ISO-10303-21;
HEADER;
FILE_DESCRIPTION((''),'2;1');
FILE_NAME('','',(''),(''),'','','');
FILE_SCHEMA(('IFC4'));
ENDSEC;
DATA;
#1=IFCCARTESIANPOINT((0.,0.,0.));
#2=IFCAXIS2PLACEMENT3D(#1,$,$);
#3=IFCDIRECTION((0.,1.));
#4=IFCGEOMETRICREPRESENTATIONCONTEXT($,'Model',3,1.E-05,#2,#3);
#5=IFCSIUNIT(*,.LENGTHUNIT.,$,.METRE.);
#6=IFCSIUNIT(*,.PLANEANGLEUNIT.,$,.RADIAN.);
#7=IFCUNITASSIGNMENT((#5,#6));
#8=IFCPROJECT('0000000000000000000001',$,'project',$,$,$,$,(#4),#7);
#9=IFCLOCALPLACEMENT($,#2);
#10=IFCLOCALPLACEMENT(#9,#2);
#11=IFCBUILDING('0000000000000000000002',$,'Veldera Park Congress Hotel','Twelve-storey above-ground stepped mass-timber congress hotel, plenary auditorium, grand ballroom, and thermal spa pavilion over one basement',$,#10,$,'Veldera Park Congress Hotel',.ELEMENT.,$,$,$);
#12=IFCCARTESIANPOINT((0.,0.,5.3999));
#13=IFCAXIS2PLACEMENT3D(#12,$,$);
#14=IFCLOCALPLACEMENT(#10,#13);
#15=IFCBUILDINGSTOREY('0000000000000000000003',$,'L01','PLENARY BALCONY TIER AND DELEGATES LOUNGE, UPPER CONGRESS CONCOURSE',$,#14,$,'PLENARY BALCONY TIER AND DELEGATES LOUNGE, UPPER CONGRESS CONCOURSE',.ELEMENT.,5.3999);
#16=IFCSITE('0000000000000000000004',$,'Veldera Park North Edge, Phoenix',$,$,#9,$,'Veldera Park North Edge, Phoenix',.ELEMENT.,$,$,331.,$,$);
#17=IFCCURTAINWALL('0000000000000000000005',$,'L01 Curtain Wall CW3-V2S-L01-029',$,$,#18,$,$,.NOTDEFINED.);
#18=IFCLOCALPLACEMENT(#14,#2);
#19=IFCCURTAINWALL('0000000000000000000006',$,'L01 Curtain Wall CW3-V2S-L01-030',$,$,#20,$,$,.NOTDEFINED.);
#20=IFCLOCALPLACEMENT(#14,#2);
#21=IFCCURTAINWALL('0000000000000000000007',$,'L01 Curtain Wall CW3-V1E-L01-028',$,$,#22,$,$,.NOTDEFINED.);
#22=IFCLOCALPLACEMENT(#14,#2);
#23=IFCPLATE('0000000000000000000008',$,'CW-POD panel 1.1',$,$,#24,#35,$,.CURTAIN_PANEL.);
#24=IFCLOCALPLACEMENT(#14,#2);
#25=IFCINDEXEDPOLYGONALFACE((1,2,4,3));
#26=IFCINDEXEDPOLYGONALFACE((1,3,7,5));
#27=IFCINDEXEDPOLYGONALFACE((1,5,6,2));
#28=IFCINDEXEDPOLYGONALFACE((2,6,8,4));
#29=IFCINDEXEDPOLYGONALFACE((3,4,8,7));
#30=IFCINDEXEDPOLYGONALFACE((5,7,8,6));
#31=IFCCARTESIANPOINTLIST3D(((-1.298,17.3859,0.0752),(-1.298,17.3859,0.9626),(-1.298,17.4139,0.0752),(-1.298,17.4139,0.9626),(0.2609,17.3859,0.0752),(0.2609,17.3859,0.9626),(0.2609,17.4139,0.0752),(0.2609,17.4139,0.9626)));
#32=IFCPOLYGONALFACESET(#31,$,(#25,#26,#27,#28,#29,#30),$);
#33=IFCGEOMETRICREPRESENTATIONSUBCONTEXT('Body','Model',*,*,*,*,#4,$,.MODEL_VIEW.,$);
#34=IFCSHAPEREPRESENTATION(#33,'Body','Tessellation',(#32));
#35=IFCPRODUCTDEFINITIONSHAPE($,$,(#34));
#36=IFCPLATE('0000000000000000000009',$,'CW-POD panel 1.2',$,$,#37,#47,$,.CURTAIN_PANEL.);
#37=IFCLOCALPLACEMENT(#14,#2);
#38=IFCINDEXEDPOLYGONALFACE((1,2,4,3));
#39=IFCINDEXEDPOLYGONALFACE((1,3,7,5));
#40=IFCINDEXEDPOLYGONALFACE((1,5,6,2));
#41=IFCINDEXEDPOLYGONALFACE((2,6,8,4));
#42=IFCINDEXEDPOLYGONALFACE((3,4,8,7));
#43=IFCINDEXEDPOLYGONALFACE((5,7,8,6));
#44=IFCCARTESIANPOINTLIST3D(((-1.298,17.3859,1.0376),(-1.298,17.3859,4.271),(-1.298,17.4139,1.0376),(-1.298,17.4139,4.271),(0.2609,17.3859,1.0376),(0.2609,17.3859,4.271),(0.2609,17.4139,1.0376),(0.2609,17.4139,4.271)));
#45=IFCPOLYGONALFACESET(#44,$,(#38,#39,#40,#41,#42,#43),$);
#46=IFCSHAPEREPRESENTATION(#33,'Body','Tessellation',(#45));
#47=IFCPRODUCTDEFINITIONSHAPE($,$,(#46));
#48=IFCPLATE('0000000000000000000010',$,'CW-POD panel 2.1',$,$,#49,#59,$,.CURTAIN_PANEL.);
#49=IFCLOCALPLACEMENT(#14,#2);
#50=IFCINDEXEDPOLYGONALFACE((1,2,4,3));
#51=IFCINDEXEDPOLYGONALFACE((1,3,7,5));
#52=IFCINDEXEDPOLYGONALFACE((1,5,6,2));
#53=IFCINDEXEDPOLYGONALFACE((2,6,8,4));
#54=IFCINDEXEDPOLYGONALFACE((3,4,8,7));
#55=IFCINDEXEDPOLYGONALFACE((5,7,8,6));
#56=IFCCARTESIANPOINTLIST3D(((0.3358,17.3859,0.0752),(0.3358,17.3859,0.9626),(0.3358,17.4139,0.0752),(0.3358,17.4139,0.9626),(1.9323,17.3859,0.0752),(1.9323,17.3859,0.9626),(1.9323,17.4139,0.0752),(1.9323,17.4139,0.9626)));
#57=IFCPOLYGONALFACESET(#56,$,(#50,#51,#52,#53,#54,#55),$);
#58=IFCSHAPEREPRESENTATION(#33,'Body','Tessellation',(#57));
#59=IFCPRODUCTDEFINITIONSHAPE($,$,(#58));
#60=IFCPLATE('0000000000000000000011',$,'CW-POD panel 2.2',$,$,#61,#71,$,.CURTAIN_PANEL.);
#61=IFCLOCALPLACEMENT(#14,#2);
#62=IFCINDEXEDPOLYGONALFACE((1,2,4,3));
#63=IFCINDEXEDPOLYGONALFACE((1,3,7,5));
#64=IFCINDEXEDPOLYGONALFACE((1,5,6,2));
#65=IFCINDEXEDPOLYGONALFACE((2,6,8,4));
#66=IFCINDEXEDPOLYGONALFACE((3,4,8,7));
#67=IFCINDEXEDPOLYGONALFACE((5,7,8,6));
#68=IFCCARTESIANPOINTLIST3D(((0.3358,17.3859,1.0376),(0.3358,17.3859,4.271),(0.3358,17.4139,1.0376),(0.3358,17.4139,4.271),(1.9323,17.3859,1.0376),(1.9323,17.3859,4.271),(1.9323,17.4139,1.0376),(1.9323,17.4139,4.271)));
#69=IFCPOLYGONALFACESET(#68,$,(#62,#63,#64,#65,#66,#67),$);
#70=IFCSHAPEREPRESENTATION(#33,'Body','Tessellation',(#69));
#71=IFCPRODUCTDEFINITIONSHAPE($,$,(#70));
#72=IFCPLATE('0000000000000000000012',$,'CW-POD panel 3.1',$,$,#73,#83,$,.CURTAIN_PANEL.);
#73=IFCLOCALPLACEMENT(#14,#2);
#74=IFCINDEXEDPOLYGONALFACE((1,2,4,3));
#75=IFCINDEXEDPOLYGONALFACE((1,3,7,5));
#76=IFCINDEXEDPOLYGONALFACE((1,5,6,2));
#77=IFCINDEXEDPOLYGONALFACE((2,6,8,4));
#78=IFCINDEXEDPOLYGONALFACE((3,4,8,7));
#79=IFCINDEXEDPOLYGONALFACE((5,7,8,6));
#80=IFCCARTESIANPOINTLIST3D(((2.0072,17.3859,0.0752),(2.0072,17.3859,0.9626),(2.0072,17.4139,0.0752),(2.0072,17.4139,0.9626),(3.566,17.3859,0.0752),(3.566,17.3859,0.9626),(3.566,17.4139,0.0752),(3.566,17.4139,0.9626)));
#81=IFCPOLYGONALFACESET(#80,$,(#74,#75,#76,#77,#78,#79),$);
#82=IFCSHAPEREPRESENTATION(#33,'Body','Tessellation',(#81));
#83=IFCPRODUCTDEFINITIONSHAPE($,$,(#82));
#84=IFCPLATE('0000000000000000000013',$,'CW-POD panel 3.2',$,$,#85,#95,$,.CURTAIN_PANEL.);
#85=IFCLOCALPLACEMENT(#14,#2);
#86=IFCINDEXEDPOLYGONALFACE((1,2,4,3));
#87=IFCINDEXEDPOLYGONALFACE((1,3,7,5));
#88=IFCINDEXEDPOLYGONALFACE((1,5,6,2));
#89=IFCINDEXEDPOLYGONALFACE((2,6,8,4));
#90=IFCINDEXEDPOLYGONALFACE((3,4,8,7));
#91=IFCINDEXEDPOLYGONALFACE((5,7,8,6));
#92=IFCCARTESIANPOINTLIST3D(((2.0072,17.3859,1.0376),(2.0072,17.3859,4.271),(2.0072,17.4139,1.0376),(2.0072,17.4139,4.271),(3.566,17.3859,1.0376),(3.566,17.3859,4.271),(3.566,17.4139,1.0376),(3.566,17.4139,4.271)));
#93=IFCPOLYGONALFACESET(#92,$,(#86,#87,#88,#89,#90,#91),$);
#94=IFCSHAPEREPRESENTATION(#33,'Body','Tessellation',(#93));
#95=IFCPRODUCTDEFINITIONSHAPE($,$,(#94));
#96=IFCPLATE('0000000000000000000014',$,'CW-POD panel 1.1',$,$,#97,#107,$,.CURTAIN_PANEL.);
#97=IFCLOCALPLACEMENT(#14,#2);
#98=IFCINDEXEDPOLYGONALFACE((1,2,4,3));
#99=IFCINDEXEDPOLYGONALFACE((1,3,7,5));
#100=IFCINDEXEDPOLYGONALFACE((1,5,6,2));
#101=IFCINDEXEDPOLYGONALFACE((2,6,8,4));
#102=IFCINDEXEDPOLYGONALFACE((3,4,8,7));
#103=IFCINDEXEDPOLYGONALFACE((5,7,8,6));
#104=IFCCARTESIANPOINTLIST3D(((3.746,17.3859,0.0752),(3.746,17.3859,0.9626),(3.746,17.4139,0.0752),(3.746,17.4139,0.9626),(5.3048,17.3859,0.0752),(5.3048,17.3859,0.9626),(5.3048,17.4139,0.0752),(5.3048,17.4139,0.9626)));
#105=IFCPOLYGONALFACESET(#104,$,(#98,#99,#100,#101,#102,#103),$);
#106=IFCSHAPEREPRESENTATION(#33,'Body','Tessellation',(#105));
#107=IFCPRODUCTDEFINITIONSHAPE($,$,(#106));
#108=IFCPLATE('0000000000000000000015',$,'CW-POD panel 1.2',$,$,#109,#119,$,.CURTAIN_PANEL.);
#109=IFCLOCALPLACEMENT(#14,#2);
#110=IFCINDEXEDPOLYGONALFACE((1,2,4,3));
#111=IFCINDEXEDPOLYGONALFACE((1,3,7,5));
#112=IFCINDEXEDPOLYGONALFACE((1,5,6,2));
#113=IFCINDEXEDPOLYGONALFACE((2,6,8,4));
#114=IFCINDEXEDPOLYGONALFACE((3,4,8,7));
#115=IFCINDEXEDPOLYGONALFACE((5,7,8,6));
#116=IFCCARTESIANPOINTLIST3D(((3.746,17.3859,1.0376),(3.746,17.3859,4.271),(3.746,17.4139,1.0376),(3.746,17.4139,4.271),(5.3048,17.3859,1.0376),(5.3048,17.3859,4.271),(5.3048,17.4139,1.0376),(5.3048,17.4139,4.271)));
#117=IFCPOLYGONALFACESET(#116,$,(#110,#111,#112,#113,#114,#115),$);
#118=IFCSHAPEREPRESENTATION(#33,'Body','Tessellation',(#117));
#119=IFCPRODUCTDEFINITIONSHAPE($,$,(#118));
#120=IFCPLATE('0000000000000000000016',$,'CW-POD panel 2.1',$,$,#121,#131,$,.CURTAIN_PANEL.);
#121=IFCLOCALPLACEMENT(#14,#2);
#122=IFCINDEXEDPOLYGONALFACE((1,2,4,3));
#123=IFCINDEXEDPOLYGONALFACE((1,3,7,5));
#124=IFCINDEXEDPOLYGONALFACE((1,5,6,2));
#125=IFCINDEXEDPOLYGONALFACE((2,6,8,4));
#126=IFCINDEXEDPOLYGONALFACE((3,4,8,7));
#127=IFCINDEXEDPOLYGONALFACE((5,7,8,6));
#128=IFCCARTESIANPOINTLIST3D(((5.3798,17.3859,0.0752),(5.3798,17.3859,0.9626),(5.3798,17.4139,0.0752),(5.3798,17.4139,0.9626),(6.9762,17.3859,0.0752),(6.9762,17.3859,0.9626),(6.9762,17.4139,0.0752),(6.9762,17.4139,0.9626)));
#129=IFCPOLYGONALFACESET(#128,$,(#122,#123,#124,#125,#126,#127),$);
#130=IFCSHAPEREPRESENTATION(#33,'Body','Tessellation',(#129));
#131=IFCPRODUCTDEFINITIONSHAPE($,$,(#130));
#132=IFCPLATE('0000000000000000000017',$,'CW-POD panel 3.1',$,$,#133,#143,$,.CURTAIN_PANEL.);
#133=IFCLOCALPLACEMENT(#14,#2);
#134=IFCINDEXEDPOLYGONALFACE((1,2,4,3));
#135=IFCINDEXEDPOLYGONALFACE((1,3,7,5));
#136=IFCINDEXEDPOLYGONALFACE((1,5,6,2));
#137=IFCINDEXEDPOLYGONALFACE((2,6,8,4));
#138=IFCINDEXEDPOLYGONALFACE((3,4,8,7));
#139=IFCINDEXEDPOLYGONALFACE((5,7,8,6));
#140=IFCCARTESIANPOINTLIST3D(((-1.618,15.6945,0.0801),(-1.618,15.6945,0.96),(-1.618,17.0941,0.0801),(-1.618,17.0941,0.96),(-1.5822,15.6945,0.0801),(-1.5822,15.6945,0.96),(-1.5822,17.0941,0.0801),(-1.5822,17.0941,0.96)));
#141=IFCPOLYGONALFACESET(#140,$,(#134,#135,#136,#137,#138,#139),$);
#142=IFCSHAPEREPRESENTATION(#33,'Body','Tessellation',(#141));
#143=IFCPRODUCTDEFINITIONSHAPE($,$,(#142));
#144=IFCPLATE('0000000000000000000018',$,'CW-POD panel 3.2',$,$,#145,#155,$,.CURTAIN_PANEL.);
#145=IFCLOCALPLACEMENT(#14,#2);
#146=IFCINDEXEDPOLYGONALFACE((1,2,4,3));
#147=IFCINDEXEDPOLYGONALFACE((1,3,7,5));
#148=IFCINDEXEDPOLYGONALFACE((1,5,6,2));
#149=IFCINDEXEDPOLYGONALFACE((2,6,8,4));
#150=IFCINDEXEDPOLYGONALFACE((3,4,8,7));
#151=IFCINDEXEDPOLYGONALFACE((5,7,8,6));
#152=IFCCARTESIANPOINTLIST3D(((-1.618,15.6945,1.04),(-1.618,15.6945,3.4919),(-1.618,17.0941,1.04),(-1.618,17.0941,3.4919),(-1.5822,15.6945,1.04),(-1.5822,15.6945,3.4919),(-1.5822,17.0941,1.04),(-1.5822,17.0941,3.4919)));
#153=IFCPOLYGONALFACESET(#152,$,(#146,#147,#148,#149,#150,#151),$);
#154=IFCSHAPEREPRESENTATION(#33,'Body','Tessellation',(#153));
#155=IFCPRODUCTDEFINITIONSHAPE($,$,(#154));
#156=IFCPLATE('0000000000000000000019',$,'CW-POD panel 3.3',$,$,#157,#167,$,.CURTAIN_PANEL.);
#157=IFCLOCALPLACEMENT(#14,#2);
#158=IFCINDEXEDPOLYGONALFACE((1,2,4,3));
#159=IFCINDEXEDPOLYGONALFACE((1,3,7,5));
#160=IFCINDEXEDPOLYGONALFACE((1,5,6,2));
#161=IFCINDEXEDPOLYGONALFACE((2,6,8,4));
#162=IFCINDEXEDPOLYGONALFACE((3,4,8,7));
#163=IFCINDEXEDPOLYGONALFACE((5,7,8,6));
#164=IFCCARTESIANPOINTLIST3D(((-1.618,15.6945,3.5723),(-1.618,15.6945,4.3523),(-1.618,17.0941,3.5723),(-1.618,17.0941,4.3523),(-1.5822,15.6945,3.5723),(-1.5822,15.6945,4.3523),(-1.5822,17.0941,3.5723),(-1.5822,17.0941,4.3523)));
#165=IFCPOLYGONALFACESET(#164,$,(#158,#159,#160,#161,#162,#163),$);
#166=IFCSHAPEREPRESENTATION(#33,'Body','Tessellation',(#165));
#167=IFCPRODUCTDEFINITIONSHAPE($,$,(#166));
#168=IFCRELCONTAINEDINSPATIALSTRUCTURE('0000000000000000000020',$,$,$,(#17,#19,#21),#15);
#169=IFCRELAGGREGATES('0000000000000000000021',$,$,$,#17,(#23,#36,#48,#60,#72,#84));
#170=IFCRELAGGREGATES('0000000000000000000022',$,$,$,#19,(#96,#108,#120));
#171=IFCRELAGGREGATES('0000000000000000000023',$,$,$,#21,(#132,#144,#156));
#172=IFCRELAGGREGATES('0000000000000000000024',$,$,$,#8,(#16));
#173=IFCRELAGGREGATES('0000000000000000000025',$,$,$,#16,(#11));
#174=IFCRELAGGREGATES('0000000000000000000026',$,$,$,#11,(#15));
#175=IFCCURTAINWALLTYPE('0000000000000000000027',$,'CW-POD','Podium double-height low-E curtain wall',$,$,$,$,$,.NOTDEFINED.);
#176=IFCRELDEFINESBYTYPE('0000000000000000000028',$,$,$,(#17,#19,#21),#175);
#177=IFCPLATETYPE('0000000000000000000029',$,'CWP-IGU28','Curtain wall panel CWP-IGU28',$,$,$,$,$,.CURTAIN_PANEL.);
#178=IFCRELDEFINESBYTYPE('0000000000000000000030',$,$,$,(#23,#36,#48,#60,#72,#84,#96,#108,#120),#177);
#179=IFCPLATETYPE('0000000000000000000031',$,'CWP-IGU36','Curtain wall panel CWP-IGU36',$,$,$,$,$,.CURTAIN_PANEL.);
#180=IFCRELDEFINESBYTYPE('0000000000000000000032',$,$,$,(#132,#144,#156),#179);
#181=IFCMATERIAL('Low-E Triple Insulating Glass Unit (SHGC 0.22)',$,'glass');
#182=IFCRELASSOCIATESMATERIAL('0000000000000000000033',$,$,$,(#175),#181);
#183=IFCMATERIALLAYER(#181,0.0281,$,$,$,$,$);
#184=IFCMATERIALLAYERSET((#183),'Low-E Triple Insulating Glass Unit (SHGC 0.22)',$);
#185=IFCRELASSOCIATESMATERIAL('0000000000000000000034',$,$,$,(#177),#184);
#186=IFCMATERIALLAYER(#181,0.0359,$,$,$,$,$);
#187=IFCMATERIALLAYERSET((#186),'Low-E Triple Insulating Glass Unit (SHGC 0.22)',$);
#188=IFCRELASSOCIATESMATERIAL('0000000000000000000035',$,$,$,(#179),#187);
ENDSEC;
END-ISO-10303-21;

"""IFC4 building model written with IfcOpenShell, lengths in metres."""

from ifc_helpers import new_model, si_unit, direction, frame, origin, origin_2d, place, context, subcontext, project, spatial, rectangle, extrude, material, layer, layer_set, type_object, element, aggregate, save


model = new_model("IFC4")

# Units and contexts
model_context = context("Model", 3, precision=1e-05, world=origin(), true_north=direction((0.0, 1.0)))
body_context = subcontext(model_context, "Body", "Model", "MODEL_VIEW")
ifc_project = project(units=[si_unit("LENGTHUNIT", "METRE"), si_unit("PLANEANGLEUNIT", "RADIAN")], contexts=[model_context])

# Site, building, storey
site_placement = place(None, origin())
site = spatial("IfcSite", under=ifc_project, at=site_placement, Name="Veldera Park North Edge, Phoenix", LongName="Veldera Park North Edge, Phoenix", CompositionType="ELEMENT", RefElevation=331.0)
building_placement = place(site_placement, origin())
building = spatial("IfcBuilding", under=site, at=building_placement, Name="Veldera Park Congress Hotel", Description="Twelve-storey above-ground stepped mass-timber congress hotel, plenary auditorium, grand ballroom, and thermal spa pavilion over one basement", LongName="Veldera Park Congress Hotel", CompositionType="ELEMENT")
storey_placement = place(building_placement, frame((0.0, 0.0, 5.3999)))
storey = spatial("IfcBuildingStorey", under=building, at=storey_placement, Name="L01", Description="PLENARY BALCONY TIER AND DELEGATES LOUNGE, UPPER CONGRESS CONCOURSE", LongName="PLENARY BALCONY TIER AND DELEGATES LOUNGE, UPPER CONGRESS CONCOURSE", CompositionType="ELEMENT", Elevation=5.3999)

# Curtain walls
ifc_material_1 = material(Name="Low-E Triple Insulating Glass Unit (SHGC 0.22)", Category="glass")
curtain_wall_type = type_object("IfcCurtainWallType", Name="CW-POD", Description="Podium double-height low-E curtain wall", PredefinedType="NOTDEFINED", material=ifc_material_1)
curtain_wall_1_placement = place(storey_placement, origin())
curtain_wall_1 = element("IfcCurtainWall", 1, at=curtain_wall_1_placement, inside=storey, type_object=curtain_wall_type, Name="L01 Curtain Wall CW3-V2S-L01-029", PredefinedType="NOTDEFINED")
curtain_wall_2_placement = place(storey_placement, origin())
curtain_wall_2 = element("IfcCurtainWall", 2, at=curtain_wall_2_placement, inside=storey, type_object=curtain_wall_type, Name="L01 Curtain Wall CW3-V2S-L01-030", PredefinedType="NOTDEFINED")

# Curtain wall
curtain_wall_3_placement = place(storey_placement, origin())
curtain_wall_3 = element("IfcCurtainWall", 3, at=curtain_wall_3_placement, inside=storey, type_object=curtain_wall_type, Name="L01 Curtain Wall CW3-V1E-L01-028", PredefinedType="NOTDEFINED")

# Plates
ifc_layer_1 = layer(ifc_material_1, 0.0281)
ifc_layer_set_1 = layer_set([ifc_layer_1], Name="Low-E Triple Insulating Glass Unit (SHGC 0.22)")
plate_type_1 = type_object("IfcPlateType", Name="CWP-IGU28", Description="Curtain wall panel CWP-IGU28", PredefinedType="CURTAIN_PANEL", material=ifc_layer_set_1)
plate_1_placement = place(storey_placement, frame((-0.5186, 17.3999, 0.0752), z_axis=(0.0, 0.0, 1.0), x_axis=(1.0, 0.0, 0.0)))
plate_1 = element("IfcPlate", 4, at=plate_1_placement, type_object=plate_type_1, Name="CW-POD panel 1.1", PredefinedType="CURTAIN_PANEL", context=body_context, shape_type="SweptSolid", body=[
    extrude(rectangle(XDim=1.5588, YDim=0.0281, at=origin_2d()), origin(), (0.0, 0.0, 1.0), 0.8875),
])
plate_2_placement = place(storey_placement, frame((-0.5186, 17.3999, 1.0376), z_axis=(0.0, 0.0, 1.0), x_axis=(1.0, 0.0, 0.0)))
plate_2 = element("IfcPlate", 5, at=plate_2_placement, type_object=plate_type_1, Name="CW-POD panel 1.2", PredefinedType="CURTAIN_PANEL", context=body_context, shape_type="SweptSolid", body=[
    extrude(rectangle(XDim=1.5588, YDim=0.0281, at=origin_2d()), origin(), (0.0, 0.0, 1.0), 3.2334),
])
plate_3_placement = place(storey_placement, frame((1.134, 17.3999, 0.0752), z_axis=(0.0, 0.0, 1.0), x_axis=(1.0, 0.0, 0.0)))
plate_3 = element("IfcPlate", 6, at=plate_3_placement, type_object=plate_type_1, Name="CW-POD panel 2.1", PredefinedType="CURTAIN_PANEL", context=body_context, shape_type="SweptSolid", body=[
    extrude(rectangle(XDim=1.5964, YDim=0.0281, at=origin_2d()), origin(), (0.0, 0.0, 1.0), 0.8875),
])
plate_4_placement = place(storey_placement, frame((1.134, 17.3999, 1.0376), z_axis=(0.0, 0.0, 1.0), x_axis=(1.0, 0.0, 0.0)))
plate_4 = element("IfcPlate", 7, at=plate_4_placement, type_object=plate_type_1, Name="CW-POD panel 2.2", PredefinedType="CURTAIN_PANEL", context=body_context, shape_type="SweptSolid", body=[
    extrude(rectangle(XDim=1.5964, YDim=0.0281, at=origin_2d()), origin(), (0.0, 0.0, 1.0), 3.2334),
])
plate_5_placement = place(storey_placement, frame((2.7866, 17.3999, 0.0752), z_axis=(0.0, 0.0, 1.0), x_axis=(1.0, 0.0, 0.0)))
plate_5 = element("IfcPlate", 8, at=plate_5_placement, type_object=plate_type_1, Name="CW-POD panel 3.1", PredefinedType="CURTAIN_PANEL", context=body_context, shape_type="SweptSolid", body=[
    extrude(rectangle(XDim=1.5588, YDim=0.0281, at=origin_2d()), origin(), (0.0, 0.0, 1.0), 0.8875),
])
plate_6_placement = place(storey_placement, frame((2.7866, 17.3999, 1.0376), z_axis=(0.0, 0.0, 1.0), x_axis=(1.0, 0.0, 0.0)))
plate_6 = element("IfcPlate", 9, at=plate_6_placement, type_object=plate_type_1, Name="CW-POD panel 3.2", PredefinedType="CURTAIN_PANEL", context=body_context, shape_type="SweptSolid", body=[
    extrude(rectangle(XDim=1.5588, YDim=0.0281, at=origin_2d()), origin(), (0.0, 0.0, 1.0), 3.2334),
])
aggregate(curtain_wall_1, [plate_1, plate_2, plate_3, plate_4, plate_5, plate_6])
plate_7_placement = place(storey_placement, frame((4.5254, 17.3999, 0.0752), z_axis=(0.0, 0.0, 1.0), x_axis=(1.0, 0.0, 0.0)))
plate_7 = element("IfcPlate", 10, at=plate_7_placement, type_object=plate_type_1, Name="CW-POD panel 1.1", PredefinedType="CURTAIN_PANEL", context=body_context, shape_type="SweptSolid", body=[
    extrude(rectangle(XDim=1.5588, YDim=0.0281, at=origin_2d()), origin(), (0.0, 0.0, 1.0), 0.8875),
])
plate_8_placement = place(storey_placement, frame((4.5254, 17.3999, 1.0376), z_axis=(0.0, 0.0, 1.0), x_axis=(1.0, 0.0, 0.0)))
plate_8 = element("IfcPlate", 11, at=plate_8_placement, type_object=plate_type_1, Name="CW-POD panel 1.2", PredefinedType="CURTAIN_PANEL", context=body_context, shape_type="SweptSolid", body=[
    extrude(rectangle(XDim=1.5588, YDim=0.0281, at=origin_2d()), origin(), (0.0, 0.0, 1.0), 3.2334),
])
plate_9_placement = place(storey_placement, frame((6.178, 17.3999, 0.0752), z_axis=(0.0, 0.0, 1.0), x_axis=(1.0, 0.0, 0.0)))
plate_9 = element("IfcPlate", 12, at=plate_9_placement, type_object=plate_type_1, Name="CW-POD panel 2.1", PredefinedType="CURTAIN_PANEL", context=body_context, shape_type="SweptSolid", body=[
    extrude(rectangle(XDim=1.5964, YDim=0.0281, at=origin_2d()), origin(), (0.0, 0.0, 1.0), 0.8875),
])
aggregate(curtain_wall_2, [plate_7, plate_8, plate_9])
ifc_layer_2 = layer(ifc_material_1, 0.0359)
ifc_layer_set_2 = layer_set([ifc_layer_2], Name="Low-E Triple Insulating Glass Unit (SHGC 0.22)")
plate_type_2 = type_object("IfcPlateType", Name="CWP-IGU36", Description="Curtain wall panel CWP-IGU36", PredefinedType="CURTAIN_PANEL", material=ifc_layer_set_2)
plate_10_placement = place(storey_placement, frame((-1.6001, 16.3943, 0.0801), z_axis=(0.0, 0.0, 1.0), x_axis=(0.0, 1.0, 0.0)))
plate_10 = element("IfcPlate", 13, at=plate_10_placement, type_object=plate_type_2, Name="CW-POD panel 3.1", PredefinedType="CURTAIN_PANEL", context=body_context, shape_type="SweptSolid", body=[
    extrude(rectangle(XDim=1.3997, YDim=0.0359, at=origin_2d()), origin(), (0.0, 0.0, 1.0), 0.8799),
])
plate_11_placement = place(storey_placement, frame((-1.6001, 16.3943, 1.04), z_axis=(0.0, 0.0, 1.0), x_axis=(0.0, 1.0, 0.0)))
plate_11 = element("IfcPlate", 14, at=plate_11_placement, type_object=plate_type_2, Name="CW-POD panel 3.2", PredefinedType="CURTAIN_PANEL", context=body_context, shape_type="SweptSolid", body=[
    extrude(rectangle(XDim=1.3997, YDim=0.0359, at=origin_2d()), origin(), (0.0, 0.0, 1.0), 2.4519),
])
plate_12_placement = place(storey_placement, frame((-1.6001, 16.3943, 3.5723), z_axis=(0.0, 0.0, 1.0), x_axis=(0.0, 1.0, 0.0)))
plate_12 = element("IfcPlate", 15, at=plate_12_placement, type_object=plate_type_2, Name="CW-POD panel 3.3", PredefinedType="CURTAIN_PANEL", context=body_context, shape_type="SweptSolid", body=[
    extrude(rectangle(XDim=1.3997, YDim=0.0359, at=origin_2d()), origin(), (0.0, 0.0, 1.0), 0.78),
])
aggregate(curtain_wall_3, [plate_10, plate_11, plate_12])

save(model, "model.ifc")
